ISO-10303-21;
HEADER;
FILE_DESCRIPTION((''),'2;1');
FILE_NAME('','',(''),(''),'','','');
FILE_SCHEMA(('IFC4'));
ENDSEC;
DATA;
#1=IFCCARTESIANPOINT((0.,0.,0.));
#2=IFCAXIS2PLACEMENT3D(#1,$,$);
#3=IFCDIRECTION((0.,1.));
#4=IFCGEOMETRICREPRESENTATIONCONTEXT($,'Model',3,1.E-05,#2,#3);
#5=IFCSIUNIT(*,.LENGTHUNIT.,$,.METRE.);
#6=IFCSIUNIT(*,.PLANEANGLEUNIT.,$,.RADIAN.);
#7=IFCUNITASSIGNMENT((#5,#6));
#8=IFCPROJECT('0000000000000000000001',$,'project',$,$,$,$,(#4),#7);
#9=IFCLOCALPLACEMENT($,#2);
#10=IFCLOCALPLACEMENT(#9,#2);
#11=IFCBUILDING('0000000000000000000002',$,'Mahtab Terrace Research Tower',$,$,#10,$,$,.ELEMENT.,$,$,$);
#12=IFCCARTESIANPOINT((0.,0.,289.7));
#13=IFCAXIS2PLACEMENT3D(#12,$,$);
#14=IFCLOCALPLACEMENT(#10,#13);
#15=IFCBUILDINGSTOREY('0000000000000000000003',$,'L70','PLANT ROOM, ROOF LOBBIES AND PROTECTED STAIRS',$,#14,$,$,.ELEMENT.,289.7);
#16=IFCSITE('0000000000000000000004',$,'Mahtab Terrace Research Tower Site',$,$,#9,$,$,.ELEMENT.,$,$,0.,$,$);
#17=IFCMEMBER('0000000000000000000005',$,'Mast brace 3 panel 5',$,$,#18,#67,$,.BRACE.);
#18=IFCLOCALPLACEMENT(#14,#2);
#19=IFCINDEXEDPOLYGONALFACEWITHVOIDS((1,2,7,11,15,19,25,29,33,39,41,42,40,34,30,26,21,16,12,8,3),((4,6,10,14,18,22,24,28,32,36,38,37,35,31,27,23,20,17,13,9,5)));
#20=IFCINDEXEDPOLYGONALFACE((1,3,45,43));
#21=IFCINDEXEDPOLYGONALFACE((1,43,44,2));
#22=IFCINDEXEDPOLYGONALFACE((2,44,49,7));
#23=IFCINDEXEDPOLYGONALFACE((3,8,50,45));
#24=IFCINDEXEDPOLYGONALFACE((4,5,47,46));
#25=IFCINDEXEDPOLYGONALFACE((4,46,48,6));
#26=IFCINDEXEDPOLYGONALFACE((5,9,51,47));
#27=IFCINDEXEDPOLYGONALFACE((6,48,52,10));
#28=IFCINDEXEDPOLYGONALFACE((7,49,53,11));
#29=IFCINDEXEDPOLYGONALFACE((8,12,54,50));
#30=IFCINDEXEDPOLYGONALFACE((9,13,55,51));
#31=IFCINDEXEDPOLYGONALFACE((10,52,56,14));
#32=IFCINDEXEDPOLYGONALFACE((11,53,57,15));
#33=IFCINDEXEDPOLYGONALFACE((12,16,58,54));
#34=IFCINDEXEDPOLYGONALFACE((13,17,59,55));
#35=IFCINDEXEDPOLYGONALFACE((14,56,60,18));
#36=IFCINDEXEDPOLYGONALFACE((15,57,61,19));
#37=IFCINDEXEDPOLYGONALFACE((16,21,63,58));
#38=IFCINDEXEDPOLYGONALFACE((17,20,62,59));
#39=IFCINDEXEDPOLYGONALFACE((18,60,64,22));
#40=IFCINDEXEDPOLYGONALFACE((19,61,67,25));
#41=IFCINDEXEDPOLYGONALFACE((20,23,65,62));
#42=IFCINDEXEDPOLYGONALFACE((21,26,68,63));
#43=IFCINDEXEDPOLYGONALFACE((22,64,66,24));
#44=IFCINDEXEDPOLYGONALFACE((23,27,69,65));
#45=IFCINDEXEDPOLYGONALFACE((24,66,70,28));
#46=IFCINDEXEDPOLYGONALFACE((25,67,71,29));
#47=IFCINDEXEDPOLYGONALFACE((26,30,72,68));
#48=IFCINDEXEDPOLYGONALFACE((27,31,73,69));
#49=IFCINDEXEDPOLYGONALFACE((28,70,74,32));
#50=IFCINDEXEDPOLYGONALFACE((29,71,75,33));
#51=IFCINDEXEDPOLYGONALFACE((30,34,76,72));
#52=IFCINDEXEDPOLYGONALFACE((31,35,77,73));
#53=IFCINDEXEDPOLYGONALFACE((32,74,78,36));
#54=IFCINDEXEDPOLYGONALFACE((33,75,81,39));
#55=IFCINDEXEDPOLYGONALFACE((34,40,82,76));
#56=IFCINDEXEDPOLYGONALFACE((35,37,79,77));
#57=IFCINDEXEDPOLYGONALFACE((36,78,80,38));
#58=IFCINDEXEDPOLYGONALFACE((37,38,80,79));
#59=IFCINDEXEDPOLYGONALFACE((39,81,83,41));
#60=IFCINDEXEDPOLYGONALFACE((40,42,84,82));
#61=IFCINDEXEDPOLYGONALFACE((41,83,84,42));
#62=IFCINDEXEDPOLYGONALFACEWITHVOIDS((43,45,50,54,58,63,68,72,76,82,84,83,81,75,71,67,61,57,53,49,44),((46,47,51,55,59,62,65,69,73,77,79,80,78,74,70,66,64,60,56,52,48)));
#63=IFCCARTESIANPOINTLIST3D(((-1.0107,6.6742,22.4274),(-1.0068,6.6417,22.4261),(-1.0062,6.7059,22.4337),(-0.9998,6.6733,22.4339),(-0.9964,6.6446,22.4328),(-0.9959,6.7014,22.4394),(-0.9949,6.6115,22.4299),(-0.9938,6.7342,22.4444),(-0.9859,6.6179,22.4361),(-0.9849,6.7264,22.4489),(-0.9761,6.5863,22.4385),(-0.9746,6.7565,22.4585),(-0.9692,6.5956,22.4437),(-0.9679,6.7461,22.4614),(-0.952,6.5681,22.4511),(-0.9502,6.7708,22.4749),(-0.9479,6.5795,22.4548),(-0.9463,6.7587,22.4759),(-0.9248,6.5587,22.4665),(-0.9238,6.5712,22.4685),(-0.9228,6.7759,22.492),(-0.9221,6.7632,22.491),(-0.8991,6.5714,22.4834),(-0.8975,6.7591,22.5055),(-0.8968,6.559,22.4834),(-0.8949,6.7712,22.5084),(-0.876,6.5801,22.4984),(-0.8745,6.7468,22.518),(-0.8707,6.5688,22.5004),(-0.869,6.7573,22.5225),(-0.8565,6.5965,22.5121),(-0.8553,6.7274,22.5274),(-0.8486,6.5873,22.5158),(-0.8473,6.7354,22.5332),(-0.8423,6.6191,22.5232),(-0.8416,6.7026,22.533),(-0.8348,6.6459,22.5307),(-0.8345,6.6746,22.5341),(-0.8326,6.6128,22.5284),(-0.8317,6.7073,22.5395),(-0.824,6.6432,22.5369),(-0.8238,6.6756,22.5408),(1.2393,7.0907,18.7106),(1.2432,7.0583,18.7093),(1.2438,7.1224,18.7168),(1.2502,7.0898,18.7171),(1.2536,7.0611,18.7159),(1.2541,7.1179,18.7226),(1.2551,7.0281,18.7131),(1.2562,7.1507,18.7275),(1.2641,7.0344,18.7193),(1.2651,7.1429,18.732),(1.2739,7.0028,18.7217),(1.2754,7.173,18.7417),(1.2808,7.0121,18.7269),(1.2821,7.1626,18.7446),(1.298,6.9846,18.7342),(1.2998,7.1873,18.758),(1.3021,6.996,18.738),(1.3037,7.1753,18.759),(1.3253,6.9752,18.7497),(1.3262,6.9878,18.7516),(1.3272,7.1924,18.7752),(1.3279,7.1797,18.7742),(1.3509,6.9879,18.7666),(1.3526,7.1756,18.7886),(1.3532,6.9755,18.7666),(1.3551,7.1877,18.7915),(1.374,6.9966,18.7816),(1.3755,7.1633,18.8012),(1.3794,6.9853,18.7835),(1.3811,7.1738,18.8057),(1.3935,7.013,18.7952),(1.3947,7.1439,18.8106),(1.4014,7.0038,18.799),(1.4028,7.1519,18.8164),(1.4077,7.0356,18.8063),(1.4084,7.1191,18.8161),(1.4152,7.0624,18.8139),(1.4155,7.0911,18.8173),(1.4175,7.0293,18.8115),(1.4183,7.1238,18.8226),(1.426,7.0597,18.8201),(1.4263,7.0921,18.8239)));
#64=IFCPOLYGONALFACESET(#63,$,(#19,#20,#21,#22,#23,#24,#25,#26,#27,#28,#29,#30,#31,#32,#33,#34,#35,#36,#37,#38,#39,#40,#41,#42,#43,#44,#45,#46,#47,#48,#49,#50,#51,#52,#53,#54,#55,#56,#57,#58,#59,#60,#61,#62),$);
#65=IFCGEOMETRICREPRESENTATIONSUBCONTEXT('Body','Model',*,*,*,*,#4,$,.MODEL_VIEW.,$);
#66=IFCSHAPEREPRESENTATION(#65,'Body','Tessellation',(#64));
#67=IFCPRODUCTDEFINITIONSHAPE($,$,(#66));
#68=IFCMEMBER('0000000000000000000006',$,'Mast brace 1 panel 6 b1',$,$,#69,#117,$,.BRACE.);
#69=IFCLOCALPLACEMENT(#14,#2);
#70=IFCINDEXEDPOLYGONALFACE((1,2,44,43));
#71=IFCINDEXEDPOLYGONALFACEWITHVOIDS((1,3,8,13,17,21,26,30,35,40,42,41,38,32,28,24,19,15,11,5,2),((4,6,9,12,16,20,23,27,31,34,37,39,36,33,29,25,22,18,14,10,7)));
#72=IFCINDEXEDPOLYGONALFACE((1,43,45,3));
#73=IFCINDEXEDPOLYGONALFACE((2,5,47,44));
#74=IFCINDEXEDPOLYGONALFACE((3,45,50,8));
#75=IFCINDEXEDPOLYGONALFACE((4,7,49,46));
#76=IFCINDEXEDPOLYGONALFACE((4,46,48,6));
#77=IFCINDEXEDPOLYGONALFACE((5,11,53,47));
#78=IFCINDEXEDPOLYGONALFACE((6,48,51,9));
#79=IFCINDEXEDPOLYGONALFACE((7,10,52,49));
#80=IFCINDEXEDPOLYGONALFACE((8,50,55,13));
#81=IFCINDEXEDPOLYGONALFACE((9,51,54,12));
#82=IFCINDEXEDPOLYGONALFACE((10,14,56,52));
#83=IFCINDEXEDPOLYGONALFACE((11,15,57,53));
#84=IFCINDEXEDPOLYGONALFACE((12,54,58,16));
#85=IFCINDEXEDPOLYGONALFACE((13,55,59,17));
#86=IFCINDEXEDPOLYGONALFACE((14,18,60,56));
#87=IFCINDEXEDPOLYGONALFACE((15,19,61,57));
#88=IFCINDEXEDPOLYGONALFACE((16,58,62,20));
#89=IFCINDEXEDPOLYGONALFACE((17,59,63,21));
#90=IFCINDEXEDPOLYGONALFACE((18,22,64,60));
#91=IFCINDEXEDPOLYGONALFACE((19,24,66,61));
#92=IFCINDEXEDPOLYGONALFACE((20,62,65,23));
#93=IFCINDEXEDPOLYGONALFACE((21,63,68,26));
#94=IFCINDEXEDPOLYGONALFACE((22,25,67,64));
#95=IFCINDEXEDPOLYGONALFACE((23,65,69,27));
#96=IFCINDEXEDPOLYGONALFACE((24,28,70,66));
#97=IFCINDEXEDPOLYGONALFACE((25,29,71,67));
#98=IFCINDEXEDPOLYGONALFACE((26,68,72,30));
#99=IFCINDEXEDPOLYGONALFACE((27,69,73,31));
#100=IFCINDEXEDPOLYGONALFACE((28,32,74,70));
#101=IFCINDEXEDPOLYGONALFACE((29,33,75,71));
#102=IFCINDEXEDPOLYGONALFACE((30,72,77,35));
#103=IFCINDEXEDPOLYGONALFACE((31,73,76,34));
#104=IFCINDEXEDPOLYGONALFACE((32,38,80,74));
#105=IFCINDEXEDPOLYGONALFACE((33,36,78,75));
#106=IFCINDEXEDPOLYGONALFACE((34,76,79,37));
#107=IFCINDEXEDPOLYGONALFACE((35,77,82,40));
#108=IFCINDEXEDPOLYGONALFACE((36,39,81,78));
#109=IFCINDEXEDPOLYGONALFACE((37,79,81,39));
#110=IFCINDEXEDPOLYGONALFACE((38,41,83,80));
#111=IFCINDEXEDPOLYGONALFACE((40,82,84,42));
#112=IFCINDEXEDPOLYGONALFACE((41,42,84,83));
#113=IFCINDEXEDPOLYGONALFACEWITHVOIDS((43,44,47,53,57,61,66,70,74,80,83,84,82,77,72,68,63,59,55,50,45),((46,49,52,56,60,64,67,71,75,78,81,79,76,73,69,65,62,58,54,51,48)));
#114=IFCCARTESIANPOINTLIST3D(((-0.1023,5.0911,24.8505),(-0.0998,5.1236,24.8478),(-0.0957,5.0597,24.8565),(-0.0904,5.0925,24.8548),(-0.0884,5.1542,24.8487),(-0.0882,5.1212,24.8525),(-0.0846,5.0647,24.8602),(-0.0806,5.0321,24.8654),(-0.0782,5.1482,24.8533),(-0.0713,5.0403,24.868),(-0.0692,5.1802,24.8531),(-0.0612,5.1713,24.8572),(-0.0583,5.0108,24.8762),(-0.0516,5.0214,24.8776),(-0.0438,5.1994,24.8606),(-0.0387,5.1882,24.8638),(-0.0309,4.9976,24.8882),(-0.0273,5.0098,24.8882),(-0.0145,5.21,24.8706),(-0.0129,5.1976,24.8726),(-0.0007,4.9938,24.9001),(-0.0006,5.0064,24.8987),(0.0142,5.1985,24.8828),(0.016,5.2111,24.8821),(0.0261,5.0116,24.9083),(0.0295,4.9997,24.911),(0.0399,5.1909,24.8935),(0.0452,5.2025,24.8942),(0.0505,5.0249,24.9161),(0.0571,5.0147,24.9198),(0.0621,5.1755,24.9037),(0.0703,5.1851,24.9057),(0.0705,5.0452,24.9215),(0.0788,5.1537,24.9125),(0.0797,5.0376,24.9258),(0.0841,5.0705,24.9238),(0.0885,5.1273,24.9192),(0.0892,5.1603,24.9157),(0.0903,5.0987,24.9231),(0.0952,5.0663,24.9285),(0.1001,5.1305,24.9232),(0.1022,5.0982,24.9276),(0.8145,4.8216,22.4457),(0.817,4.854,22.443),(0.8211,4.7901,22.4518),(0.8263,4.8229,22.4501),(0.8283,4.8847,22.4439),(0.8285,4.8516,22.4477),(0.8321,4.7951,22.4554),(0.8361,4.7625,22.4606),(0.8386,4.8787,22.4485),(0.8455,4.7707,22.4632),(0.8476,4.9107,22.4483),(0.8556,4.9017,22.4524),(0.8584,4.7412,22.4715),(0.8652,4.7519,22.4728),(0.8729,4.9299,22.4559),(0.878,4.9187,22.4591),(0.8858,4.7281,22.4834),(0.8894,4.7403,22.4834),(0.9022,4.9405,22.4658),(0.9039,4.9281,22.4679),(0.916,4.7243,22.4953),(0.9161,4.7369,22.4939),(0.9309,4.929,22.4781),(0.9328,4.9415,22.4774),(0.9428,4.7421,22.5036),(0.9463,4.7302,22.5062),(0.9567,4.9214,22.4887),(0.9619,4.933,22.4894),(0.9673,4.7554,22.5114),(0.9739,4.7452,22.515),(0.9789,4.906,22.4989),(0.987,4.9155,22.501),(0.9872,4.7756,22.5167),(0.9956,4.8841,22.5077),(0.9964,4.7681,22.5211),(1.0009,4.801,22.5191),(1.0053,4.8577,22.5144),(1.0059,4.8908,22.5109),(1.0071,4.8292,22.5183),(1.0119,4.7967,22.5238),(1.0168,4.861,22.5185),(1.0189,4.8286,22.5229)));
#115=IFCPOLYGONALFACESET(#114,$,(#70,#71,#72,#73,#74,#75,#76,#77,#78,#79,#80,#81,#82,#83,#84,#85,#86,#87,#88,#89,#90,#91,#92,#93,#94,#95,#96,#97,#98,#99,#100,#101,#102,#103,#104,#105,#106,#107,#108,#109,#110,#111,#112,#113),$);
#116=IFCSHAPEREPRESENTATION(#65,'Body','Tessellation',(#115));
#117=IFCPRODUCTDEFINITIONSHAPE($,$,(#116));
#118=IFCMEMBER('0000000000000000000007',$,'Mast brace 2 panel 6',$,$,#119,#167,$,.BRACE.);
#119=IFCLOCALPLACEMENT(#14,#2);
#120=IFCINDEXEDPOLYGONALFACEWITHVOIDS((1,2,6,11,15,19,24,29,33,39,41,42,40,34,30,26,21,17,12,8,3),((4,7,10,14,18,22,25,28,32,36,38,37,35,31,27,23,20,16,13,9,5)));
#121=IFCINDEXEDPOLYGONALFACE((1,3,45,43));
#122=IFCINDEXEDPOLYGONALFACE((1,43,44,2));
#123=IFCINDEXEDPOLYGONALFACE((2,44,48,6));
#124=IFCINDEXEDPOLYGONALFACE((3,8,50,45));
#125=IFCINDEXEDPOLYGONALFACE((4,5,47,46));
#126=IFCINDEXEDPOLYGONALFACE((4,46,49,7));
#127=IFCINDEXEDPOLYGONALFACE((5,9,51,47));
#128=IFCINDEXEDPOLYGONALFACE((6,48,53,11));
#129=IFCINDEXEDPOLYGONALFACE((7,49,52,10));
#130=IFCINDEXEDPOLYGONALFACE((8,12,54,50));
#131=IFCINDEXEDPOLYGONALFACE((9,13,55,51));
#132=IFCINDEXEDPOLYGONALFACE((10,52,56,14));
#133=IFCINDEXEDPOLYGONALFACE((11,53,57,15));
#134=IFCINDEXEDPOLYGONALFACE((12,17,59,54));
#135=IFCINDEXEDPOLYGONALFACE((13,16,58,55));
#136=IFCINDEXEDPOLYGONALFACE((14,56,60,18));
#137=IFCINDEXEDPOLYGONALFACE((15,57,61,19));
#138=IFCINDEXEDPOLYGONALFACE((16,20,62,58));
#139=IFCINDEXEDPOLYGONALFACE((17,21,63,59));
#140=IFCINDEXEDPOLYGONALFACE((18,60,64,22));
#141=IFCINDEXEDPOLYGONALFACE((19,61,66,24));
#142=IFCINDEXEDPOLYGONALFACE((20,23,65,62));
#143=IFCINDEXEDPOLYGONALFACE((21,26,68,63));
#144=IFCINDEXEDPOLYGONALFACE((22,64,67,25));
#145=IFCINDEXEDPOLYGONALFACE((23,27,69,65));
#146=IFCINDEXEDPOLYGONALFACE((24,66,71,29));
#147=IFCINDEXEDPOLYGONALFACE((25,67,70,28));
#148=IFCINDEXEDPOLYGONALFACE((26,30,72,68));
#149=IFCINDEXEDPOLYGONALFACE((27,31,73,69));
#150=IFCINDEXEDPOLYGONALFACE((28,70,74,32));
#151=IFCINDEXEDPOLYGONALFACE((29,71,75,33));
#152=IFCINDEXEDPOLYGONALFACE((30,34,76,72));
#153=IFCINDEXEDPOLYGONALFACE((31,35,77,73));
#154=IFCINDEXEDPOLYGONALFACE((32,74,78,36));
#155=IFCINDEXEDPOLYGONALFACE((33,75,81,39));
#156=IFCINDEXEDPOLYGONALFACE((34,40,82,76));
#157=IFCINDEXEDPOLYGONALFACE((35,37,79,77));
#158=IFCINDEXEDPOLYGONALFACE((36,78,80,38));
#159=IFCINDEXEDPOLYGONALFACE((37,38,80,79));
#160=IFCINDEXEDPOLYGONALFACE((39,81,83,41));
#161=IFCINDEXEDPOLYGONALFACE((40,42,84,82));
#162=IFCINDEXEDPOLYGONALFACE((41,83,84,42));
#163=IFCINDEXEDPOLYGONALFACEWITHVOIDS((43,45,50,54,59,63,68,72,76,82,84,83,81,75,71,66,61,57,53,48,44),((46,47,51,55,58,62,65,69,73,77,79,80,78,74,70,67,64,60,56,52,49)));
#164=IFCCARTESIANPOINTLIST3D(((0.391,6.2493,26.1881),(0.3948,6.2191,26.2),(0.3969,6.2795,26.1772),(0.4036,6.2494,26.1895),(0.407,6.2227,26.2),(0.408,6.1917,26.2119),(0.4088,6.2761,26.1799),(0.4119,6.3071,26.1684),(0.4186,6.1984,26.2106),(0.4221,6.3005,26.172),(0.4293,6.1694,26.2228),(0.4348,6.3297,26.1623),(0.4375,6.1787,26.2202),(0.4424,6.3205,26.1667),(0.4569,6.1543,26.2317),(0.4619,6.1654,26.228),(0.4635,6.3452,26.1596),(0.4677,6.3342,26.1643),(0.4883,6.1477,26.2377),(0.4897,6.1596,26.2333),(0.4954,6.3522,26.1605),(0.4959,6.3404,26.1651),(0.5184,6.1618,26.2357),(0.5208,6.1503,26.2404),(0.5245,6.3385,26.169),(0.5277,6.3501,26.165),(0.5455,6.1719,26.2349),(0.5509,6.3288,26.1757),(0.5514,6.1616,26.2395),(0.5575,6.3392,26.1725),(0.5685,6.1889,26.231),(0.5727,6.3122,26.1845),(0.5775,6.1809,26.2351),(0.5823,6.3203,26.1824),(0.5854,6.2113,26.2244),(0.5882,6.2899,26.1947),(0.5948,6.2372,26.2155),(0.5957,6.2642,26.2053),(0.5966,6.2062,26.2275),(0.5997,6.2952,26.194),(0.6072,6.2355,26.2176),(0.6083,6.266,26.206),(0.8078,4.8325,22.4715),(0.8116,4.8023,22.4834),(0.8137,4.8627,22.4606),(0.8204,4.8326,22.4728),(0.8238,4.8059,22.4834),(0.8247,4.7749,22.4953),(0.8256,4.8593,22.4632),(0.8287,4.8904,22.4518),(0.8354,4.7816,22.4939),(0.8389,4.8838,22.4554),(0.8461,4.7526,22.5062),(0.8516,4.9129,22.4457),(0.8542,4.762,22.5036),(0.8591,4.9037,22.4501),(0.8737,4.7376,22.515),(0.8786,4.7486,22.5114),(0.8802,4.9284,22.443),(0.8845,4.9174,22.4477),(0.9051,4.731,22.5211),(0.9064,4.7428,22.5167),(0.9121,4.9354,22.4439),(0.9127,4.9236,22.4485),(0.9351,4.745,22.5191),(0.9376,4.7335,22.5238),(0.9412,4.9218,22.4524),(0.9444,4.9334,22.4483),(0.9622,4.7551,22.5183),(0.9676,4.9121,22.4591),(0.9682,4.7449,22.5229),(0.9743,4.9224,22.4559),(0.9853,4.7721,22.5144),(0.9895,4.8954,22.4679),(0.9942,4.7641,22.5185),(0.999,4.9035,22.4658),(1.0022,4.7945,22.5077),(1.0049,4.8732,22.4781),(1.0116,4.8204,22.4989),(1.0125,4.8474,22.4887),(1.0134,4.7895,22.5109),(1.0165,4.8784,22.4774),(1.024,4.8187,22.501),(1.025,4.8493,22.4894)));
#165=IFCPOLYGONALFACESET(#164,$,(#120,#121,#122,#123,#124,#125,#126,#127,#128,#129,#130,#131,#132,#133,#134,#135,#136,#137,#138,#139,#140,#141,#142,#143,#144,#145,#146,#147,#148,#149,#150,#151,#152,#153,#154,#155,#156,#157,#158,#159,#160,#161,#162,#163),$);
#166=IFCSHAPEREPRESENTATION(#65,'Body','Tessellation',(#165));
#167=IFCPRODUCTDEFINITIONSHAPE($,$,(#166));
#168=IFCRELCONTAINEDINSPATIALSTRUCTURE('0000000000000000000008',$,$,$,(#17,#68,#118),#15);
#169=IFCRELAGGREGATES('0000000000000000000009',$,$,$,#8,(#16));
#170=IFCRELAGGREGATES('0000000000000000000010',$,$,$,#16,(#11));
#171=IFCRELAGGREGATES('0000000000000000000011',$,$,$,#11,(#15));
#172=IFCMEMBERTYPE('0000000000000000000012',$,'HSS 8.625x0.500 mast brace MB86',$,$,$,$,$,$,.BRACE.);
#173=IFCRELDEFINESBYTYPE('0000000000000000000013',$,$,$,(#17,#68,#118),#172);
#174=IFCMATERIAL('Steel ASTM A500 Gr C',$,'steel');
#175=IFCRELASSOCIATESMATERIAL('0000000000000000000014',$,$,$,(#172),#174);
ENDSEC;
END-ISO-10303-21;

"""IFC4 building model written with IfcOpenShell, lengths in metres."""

from ifc_helpers import new_model, si_unit, direction, frame, origin, origin_2d, place, context, subcontext, project, spatial, hollow_circle, extrude, material, material_profile, profile_set, type_object, element, save


model = new_model("IFC4")

# Units and contexts
model_context = context("Model", 3, precision=1e-05, world=origin(), true_north=direction((0.0, 1.0)))
body_context = subcontext(model_context, "Body", "Model", "MODEL_VIEW")
ifc_project = project(units=[si_unit("LENGTHUNIT", "METRE"), si_unit("PLANEANGLEUNIT", "RADIAN")], contexts=[model_context])

# Site, building, storey
site_placement = place(None, origin())
site = spatial("IfcSite", under=ifc_project, at=site_placement, Name="Mahtab Terrace Research Tower Site", CompositionType="ELEMENT", RefElevation=0.0)
building_placement = place(site_placement, origin())
building = spatial("IfcBuilding", under=site, at=building_placement, Name="Mahtab Terrace Research Tower", CompositionType="ELEMENT")
storey_placement = place(building_placement, frame((0.0, 0.0, 289.7)))
storey = spatial("IfcBuildingStorey", under=building, at=storey_placement, Name="L70", Description="PLANT ROOM, ROOF LOBBIES AND PROTECTED STAIRS", CompositionType="ELEMENT", Elevation=289.7)

# Members
ifc_material_1 = material(Name="Steel ASTM A500 Gr C", Category="steel")
ifc_material_profile_1 = material_profile(ifc_material_1, hollow_circle(Radius=0.1096, WallThickness=0.0127, at=origin_2d()), Name="HSS8.625X0.500")
ifc_profile_set_1 = profile_set([ifc_material_profile_1], Name="Steel ASTM A500 Gr C")
member_type_1 = type_object("IfcMemberType", Name="HSS 8.625x0.500 mast brace MB86", PredefinedType="BRACE", material=ifc_profile_set_1)
member_1_placement = place(storey_placement, frame((1.3333, 7.0833, 18.7666), z_axis=(-0.5155, -0.095426, 0.85156), x_axis=(0.18202, -0.983295, 0.0)))
element("IfcMember", 1, at=member_1_placement, inside=storey, type_object=member_type_1, Name="Mast brace 3 panel 5", PredefinedType="BRACE", context=body_context, shape_type="SweptSolid", body=[
    extrude(hollow_circle(Radius=0.1096, WallThickness=0.0127, at=origin_2d()), origin(), (0.0, 0.0, 1.0), 4.3647),
])
member_2_placement = place(storey_placement, frame((0.9167, 4.8333, 22.4834), z_axis=(-0.354275, 0.10416, 0.929322), x_axis=(-0.282069, -0.959394, 0.0)))
element("IfcMember", 2, at=member_2_placement, inside=storey, type_object=member_type_1, Name="Mast brace 1 panel 6 b1", PredefinedType="BRACE", context=body_context, shape_type="SweptSolid", body=[
    extrude(hollow_circle(Radius=0.1096, WallThickness=0.0127, at=origin_2d()), origin(), (0.0, 0.0, 1.0), 2.5876),
])
member_3_placement = place(storey_placement, frame((0.9167, 4.8333, 22.4834), z_axis=(-0.104208, 0.354258, 0.929324), x_axis=(-0.959355, -0.282202, 0.0)))
element("IfcMember", 3, at=member_3_placement, inside=storey, type_object=member_type_1, Name="Mast brace 2 panel 6", PredefinedType="BRACE", context=body_context, shape_type="SweptSolid", body=[
    extrude(hollow_circle(Radius=0.1096, WallThickness=0.0127, at=origin_2d()), origin(), (0.0, 0.0, 1.0), 3.9993),
])

save(model, "model.ifc")
